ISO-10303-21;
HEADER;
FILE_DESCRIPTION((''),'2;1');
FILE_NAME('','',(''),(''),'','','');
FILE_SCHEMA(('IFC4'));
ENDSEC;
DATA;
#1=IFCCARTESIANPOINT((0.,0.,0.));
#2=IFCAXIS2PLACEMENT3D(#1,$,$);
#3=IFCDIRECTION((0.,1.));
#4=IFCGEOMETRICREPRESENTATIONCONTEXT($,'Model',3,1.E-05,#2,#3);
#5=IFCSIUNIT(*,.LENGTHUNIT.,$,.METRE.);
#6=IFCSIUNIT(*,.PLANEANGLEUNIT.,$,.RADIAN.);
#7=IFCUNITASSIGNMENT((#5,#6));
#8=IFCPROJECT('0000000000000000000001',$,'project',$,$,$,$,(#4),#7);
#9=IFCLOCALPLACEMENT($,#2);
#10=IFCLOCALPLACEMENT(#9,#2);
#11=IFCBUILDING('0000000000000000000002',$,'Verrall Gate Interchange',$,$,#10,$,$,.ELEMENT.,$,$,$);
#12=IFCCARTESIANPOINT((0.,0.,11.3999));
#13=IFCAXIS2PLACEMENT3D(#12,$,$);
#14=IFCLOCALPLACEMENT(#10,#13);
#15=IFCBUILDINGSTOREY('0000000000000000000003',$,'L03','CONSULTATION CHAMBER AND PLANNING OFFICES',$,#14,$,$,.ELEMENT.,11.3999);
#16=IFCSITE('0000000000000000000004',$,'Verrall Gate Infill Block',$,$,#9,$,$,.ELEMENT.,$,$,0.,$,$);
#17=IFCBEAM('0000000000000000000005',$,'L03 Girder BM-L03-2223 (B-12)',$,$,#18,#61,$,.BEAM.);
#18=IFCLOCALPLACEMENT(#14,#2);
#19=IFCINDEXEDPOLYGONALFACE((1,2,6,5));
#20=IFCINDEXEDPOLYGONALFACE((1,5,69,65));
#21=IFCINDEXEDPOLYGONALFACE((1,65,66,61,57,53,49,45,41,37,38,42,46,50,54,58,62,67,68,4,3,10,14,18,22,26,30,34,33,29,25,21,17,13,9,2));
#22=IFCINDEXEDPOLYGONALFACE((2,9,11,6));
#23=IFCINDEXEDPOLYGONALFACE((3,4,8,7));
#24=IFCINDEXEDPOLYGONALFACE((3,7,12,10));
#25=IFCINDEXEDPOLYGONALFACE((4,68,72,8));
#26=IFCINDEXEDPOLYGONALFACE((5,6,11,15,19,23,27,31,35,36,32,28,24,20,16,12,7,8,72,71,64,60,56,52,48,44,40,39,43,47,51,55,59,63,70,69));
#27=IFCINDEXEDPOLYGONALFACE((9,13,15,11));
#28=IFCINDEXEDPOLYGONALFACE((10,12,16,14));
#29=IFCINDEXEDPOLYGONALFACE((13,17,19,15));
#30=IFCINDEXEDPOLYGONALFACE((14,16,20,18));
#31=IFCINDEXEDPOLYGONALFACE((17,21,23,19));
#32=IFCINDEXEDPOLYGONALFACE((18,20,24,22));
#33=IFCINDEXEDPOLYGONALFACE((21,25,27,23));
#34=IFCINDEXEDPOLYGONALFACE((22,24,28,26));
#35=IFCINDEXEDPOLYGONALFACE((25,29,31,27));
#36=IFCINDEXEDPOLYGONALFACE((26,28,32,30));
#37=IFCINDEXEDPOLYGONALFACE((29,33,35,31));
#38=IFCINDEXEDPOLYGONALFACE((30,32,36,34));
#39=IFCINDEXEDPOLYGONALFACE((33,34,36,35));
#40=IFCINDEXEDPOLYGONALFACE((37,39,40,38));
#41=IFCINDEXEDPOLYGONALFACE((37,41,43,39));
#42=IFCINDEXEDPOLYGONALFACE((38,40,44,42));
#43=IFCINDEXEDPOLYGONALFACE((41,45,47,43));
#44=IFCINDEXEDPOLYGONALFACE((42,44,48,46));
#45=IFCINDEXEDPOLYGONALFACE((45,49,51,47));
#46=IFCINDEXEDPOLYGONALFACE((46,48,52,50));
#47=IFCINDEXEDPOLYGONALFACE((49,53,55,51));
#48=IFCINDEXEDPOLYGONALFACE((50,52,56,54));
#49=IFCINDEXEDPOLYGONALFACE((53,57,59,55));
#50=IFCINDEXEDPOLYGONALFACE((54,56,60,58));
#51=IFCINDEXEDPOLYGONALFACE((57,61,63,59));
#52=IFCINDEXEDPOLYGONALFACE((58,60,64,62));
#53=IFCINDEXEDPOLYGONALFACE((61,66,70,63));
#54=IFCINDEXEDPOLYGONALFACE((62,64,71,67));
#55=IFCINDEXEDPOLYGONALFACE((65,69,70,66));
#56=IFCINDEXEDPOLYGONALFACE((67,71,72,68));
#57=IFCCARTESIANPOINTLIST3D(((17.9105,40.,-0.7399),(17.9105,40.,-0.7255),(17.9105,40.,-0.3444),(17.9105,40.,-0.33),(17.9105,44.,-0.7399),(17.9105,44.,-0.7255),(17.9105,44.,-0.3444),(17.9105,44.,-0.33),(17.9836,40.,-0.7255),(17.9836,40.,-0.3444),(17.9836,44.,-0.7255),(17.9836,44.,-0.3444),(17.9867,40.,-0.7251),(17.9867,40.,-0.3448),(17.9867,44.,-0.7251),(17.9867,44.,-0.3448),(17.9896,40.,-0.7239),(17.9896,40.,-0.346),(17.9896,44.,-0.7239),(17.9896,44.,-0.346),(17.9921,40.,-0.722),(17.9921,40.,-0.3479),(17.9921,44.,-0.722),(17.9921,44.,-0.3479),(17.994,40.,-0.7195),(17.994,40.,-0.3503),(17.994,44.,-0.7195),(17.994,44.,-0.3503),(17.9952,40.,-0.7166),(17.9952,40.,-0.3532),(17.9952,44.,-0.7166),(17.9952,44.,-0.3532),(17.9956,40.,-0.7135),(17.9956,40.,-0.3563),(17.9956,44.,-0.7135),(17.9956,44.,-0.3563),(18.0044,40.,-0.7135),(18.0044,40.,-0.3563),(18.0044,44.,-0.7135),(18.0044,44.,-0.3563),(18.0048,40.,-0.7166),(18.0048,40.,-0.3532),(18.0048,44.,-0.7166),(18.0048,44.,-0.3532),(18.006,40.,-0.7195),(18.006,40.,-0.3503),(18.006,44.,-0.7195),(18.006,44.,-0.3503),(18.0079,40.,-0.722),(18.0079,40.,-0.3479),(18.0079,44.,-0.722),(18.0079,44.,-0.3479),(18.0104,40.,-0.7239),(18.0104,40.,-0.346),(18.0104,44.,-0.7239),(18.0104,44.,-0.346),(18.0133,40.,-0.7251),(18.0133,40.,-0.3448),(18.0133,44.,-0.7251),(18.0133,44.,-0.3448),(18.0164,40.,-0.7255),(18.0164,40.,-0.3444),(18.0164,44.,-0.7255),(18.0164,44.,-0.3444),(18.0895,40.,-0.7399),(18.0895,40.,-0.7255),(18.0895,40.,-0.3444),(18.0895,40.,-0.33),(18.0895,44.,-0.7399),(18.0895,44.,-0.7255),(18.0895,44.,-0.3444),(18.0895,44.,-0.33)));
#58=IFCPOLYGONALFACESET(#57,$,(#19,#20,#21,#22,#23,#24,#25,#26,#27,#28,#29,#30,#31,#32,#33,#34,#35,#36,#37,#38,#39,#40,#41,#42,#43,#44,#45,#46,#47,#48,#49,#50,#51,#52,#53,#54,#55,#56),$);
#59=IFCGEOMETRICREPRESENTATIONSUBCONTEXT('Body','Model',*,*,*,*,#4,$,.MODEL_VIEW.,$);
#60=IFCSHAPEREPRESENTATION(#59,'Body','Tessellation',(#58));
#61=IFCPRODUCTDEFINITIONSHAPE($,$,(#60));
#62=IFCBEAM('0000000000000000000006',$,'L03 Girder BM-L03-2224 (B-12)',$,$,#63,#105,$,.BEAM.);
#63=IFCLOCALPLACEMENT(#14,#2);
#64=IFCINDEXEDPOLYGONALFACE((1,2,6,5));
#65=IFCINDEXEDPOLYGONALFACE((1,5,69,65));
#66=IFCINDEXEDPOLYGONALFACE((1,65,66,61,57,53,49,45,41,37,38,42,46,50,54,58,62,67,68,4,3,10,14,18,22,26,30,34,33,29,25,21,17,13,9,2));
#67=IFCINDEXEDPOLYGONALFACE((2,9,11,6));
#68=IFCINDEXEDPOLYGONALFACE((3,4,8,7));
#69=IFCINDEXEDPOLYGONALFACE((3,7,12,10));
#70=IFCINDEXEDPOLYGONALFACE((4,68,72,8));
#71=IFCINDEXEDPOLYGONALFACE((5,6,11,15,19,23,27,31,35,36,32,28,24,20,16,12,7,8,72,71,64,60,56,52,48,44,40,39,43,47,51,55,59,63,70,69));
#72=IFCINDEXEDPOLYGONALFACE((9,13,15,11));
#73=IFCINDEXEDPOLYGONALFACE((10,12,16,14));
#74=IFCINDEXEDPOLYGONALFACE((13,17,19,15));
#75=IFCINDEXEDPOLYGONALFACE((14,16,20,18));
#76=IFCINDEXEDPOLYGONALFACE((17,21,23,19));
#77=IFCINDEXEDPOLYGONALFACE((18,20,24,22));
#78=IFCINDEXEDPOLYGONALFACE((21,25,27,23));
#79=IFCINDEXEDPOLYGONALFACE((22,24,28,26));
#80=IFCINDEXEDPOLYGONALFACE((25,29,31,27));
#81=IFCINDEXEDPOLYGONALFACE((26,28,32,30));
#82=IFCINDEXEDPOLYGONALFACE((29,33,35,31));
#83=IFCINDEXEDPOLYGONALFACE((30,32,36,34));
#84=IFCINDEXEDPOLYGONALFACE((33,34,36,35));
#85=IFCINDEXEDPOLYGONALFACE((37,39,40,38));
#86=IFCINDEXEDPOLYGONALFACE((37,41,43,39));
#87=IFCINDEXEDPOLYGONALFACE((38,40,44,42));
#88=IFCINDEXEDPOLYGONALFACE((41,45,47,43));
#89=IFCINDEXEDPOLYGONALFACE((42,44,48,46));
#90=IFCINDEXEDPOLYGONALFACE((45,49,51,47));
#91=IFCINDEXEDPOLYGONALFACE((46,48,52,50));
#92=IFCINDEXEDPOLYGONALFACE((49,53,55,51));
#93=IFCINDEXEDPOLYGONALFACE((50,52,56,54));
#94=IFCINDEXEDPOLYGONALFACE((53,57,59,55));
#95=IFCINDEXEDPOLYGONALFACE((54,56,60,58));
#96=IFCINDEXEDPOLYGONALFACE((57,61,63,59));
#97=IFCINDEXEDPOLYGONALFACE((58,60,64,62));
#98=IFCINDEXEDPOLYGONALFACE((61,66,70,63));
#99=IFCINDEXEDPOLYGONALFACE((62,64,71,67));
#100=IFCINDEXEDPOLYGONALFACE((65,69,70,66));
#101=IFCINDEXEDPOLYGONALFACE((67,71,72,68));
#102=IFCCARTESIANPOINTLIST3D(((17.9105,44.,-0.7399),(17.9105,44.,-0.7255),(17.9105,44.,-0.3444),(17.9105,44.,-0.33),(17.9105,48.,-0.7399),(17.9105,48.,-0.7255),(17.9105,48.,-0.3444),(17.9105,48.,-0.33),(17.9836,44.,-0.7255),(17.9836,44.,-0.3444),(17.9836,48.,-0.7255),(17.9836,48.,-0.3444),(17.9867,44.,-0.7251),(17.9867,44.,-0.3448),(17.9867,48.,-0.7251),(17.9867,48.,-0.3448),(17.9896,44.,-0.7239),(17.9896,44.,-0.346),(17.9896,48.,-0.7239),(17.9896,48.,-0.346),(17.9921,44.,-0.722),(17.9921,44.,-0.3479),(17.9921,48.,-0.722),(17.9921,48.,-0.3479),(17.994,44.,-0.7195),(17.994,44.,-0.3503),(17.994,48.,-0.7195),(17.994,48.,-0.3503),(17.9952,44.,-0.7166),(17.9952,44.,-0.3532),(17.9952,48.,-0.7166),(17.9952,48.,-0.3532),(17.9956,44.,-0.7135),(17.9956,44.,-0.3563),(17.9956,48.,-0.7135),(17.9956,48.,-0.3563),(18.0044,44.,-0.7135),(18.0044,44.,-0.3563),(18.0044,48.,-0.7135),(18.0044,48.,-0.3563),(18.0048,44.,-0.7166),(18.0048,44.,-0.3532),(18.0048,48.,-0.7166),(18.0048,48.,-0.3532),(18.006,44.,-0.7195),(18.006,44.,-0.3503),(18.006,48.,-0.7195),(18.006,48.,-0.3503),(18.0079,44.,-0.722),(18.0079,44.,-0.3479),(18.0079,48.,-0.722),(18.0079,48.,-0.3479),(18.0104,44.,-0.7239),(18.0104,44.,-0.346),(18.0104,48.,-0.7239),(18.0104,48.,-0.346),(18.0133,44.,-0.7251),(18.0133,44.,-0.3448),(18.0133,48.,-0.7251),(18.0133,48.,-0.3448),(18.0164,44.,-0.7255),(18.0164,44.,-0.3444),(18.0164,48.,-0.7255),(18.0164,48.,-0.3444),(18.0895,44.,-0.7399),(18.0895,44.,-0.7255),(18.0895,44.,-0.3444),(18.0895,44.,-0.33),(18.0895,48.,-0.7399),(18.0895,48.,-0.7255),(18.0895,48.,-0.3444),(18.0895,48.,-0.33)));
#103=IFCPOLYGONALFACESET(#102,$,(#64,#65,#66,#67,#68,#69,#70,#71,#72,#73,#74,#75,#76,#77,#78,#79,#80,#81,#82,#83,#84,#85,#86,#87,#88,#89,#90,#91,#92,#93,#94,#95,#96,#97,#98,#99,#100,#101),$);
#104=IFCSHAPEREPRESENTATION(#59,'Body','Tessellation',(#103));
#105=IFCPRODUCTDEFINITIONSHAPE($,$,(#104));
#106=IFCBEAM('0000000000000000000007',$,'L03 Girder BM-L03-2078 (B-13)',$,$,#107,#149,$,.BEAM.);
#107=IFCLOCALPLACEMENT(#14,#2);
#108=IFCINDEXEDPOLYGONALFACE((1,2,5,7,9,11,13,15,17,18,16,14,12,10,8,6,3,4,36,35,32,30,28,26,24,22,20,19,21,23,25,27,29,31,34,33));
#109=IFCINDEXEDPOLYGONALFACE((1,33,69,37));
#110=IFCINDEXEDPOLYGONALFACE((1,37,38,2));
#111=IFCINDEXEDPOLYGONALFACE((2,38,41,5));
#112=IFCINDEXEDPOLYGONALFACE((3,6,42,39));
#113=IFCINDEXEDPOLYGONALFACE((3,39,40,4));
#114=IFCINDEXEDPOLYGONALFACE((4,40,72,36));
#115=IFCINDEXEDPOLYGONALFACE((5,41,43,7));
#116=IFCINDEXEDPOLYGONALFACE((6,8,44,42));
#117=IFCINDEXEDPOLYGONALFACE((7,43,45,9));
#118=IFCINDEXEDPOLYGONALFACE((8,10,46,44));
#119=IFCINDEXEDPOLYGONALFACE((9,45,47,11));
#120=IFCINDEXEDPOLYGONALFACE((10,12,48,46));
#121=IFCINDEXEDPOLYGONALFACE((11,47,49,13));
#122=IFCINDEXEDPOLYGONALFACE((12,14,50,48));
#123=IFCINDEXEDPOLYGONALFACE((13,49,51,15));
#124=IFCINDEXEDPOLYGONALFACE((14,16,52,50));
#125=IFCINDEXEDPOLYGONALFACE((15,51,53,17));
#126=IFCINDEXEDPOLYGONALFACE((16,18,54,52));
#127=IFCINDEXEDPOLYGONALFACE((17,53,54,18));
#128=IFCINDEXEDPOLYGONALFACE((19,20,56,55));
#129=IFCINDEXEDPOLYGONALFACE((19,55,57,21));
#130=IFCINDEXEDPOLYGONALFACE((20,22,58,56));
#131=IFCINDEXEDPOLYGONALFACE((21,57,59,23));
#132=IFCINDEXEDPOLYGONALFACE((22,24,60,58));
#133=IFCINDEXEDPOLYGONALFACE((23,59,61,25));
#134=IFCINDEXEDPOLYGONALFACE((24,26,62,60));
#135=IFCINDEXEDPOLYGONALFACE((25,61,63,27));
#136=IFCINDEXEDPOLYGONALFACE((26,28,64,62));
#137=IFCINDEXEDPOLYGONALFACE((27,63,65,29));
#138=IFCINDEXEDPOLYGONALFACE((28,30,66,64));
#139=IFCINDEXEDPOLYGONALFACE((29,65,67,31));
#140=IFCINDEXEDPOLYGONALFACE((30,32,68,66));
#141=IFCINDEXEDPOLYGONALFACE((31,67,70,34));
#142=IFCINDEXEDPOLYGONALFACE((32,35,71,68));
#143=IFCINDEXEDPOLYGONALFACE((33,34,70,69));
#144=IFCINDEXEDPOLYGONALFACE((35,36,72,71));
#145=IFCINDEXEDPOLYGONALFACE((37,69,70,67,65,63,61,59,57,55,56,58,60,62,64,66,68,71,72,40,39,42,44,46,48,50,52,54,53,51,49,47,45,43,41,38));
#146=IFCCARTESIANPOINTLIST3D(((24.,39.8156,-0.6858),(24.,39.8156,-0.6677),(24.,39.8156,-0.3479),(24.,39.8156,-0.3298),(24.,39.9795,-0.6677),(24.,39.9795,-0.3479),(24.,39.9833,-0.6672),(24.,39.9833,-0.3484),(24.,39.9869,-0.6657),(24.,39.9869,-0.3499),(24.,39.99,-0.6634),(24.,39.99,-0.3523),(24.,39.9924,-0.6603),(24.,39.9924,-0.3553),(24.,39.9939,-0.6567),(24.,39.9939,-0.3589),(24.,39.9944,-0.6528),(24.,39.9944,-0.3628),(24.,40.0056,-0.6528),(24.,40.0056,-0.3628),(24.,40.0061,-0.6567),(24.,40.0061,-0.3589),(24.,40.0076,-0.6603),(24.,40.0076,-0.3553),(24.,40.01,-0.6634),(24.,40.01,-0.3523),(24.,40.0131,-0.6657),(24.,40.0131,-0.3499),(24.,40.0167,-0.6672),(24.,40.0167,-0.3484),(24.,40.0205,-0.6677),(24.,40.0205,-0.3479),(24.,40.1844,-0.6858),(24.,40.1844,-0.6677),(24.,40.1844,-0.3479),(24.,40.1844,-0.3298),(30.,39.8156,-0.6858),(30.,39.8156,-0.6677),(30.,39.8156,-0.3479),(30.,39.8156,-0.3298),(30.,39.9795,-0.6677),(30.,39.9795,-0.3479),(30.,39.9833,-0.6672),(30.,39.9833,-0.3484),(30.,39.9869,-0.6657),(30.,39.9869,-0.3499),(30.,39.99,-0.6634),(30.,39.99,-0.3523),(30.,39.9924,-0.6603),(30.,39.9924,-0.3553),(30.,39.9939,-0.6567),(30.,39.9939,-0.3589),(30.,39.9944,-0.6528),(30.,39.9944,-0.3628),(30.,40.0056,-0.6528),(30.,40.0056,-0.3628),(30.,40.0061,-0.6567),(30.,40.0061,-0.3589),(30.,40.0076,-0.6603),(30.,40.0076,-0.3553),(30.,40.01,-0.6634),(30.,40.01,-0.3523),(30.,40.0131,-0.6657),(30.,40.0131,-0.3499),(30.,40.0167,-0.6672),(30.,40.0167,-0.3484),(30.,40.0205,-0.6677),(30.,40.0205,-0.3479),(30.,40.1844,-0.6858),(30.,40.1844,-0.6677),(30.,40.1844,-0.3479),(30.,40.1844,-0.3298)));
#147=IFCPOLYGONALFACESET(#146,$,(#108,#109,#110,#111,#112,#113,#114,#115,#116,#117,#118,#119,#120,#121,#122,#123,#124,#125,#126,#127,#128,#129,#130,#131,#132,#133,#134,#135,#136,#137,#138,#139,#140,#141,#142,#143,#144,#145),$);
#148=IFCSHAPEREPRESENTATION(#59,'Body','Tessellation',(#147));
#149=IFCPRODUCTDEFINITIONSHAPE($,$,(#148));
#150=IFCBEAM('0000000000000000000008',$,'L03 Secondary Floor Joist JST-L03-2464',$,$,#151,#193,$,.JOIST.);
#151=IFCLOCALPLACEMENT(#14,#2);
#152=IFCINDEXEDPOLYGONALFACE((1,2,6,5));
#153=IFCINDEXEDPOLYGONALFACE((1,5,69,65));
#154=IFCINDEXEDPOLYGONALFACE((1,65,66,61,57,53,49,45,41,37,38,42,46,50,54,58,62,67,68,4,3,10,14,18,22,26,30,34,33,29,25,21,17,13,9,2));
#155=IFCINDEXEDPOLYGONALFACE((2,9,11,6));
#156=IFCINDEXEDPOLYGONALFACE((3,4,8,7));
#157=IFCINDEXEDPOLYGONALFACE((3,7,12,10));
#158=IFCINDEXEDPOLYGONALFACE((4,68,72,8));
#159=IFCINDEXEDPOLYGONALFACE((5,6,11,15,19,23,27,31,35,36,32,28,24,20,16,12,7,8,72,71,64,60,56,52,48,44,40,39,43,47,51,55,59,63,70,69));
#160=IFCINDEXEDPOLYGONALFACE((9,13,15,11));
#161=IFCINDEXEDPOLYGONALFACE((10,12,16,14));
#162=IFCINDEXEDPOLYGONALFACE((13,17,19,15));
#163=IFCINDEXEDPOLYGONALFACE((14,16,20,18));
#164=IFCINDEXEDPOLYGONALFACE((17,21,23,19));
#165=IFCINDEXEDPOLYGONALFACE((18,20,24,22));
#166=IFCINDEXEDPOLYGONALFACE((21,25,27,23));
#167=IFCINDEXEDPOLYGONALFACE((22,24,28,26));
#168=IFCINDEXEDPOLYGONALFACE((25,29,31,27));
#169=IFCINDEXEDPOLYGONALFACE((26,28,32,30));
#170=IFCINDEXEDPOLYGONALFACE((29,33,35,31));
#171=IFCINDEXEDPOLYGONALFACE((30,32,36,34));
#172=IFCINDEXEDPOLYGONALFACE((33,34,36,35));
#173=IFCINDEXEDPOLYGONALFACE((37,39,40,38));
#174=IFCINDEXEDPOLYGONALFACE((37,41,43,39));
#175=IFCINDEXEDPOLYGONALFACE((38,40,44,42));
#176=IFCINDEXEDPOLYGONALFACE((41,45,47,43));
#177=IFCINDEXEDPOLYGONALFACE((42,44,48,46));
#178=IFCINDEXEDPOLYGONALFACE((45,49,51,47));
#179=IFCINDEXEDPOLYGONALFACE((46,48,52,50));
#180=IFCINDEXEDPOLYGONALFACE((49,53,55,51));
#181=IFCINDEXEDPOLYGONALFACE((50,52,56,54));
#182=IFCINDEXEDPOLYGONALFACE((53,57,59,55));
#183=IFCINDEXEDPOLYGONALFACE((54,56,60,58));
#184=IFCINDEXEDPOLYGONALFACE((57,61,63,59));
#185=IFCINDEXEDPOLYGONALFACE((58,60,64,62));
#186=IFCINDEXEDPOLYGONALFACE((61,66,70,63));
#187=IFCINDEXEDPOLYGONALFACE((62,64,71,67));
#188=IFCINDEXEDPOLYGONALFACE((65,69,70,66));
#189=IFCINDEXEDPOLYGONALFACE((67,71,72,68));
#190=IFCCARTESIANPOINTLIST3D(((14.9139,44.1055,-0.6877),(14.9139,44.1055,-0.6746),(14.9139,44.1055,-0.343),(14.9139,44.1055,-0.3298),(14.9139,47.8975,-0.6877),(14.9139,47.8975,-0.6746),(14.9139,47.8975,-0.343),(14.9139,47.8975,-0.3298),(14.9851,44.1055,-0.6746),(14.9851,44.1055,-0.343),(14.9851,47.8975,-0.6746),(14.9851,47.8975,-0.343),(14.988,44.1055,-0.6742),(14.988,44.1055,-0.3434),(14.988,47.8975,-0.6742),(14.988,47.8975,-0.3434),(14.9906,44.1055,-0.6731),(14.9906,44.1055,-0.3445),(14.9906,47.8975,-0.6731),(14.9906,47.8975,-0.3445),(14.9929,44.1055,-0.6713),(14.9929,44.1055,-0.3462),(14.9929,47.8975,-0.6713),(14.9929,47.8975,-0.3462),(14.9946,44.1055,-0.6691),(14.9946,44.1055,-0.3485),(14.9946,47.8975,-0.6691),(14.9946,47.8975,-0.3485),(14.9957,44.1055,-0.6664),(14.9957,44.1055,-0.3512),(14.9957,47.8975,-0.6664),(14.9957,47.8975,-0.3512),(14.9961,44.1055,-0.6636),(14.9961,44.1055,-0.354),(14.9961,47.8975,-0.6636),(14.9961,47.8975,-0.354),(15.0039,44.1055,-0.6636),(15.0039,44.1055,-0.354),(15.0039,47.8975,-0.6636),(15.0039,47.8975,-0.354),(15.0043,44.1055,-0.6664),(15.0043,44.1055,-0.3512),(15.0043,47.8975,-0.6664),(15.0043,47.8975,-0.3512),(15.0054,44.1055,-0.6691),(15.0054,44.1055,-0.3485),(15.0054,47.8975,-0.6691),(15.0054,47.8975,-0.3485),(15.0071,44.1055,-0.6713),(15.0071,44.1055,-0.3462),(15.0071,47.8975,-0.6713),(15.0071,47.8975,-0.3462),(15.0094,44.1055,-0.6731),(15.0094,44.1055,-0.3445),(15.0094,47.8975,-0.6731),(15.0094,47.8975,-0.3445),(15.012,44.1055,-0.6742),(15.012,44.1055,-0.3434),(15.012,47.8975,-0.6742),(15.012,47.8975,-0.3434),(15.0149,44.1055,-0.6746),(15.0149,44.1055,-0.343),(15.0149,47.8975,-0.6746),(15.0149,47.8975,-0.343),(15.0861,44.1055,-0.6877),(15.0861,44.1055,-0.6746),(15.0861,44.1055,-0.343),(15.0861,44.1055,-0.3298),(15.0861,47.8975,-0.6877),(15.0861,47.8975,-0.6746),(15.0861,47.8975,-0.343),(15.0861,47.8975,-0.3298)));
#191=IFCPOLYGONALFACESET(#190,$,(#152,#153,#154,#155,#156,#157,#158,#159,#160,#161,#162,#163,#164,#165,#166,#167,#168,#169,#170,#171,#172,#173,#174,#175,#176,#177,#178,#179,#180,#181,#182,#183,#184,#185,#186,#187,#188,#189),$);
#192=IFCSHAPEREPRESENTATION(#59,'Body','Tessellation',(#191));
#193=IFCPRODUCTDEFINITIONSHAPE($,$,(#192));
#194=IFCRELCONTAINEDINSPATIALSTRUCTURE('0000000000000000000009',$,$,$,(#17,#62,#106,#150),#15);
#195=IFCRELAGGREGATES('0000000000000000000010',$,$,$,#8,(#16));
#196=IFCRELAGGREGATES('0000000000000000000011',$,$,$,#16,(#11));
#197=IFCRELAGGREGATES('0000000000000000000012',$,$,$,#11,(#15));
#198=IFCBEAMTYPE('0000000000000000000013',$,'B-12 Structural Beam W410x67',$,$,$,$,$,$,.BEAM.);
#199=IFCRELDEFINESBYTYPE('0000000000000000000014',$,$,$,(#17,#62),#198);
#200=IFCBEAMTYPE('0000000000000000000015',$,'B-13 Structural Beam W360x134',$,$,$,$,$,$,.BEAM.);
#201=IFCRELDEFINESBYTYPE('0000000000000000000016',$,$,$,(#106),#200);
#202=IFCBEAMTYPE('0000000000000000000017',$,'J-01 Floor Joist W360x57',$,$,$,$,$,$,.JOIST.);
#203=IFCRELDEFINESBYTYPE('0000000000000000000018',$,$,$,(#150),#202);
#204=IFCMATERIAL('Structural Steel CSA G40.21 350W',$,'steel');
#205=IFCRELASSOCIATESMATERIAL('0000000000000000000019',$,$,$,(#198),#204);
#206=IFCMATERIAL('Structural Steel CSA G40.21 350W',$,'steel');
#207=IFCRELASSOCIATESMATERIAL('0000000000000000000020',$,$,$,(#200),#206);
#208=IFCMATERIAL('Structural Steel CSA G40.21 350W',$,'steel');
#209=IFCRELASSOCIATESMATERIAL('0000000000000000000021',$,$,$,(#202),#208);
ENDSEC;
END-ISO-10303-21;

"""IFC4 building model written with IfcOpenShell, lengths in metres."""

from ifc_helpers import new_model, si_unit, direction, frame, origin, origin_2d, place, context, subcontext, project, spatial, i_section, extrude, material, material_profile, profile_set, type_object, element, save


model = new_model("IFC4")

# Units and contexts
model_context = context("Model", 3, precision=1e-05, world=origin(), true_north=direction((0.0, 1.0)))
body_context = subcontext(model_context, "Body", "Model", "MODEL_VIEW")
ifc_project = project(units=[si_unit("LENGTHUNIT", "METRE"), si_unit("PLANEANGLEUNIT", "RADIAN")], contexts=[model_context])

# Site, building, storey
site_placement = place(None, origin())
site = spatial("IfcSite", under=ifc_project, at=site_placement, Name="Verrall Gate Infill Block", CompositionType="ELEMENT", RefElevation=0.0)
building_placement = place(site_placement, origin())
building = spatial("IfcBuilding", under=site, at=building_placement, Name="Verrall Gate Interchange", CompositionType="ELEMENT")
storey_placement = place(building_placement, frame((0.0, 0.0, 11.3999)))
storey = spatial("IfcBuildingStorey", under=building, at=storey_placement, Name="L03", Description="CONSULTATION CHAMBER AND PLANNING OFFICES", CompositionType="ELEMENT", Elevation=11.3999)

# Beams
ifc_material_1 = material(Name="Structural Steel CSA G40.21 350W", Category="steel")
ifc_material_profile_1 = material_profile(ifc_material_1, i_section(OverallWidth=0.179, OverallDepth=0.4099, WebThickness=0.0088, FlangeThickness=0.0144, FilletRadius=0.012, at=origin_2d()), Name="W410x67")
ifc_profile_set_1 = profile_set([ifc_material_profile_1], Name="Structural Steel CSA G40.21 350W")
beam_type_1 = type_object("IfcBeamType", Name="B-12 Structural Beam W410x67", PredefinedType="BEAM", material=ifc_profile_set_1)
for number, where, z_axis, x_axis, name in (
    (1, (18.0, 40.0, -0.5349), (0.0, 1.0, 0.0), (-1.0, 0.0, 0.0), "L03 Girder BM-L03-2223 (B-12)"),
    (2, (18.0, 44.0, -0.5349), (0.0, 1.0, 0.0), (-1.0, 0.0, 0.0), "L03 Girder BM-L03-2224 (B-12)"),
):
    element("IfcBeam", number, at=place(storey_placement, frame(where, z_axis=z_axis, x_axis=x_axis)), inside=storey, type_object=beam_type_1, Name=name, PredefinedType="BEAM", context=body_context, shape_type="SweptSolid", body=[
        extrude(i_section(OverallWidth=0.179, OverallDepth=0.4099, WebThickness=0.0088, FlangeThickness=0.0144, FilletRadius=0.012, at=origin_2d()), origin(), (0.0, 0.0, 1.0), 4.0),
    ])
ifc_material_2 = material(Name="Structural Steel CSA G40.21 350W", Category="steel")
ifc_material_profile_2 = material_profile(ifc_material_2, i_section(OverallWidth=0.3689, OverallDepth=0.356, WebThickness=0.0112, FlangeThickness=0.0181, FilletRadius=0.0149, at=origin_2d()), Name="W360x134")
ifc_profile_set_2 = profile_set([ifc_material_profile_2], Name="Structural Steel CSA G40.21 350W")
beam_type_2 = type_object("IfcBeamType", Name="B-13 Structural Beam W360x134", PredefinedType="BEAM", material=ifc_profile_set_2)
beam_1_placement = place(storey_placement, frame((24.0, 40.0, -0.5078), z_axis=(1.0, 0.0, 0.0), x_axis=(0.0, 1.0, 0.0)))
element("IfcBeam", 3, at=beam_1_placement, inside=storey, type_object=beam_type_2, Name="L03 Girder BM-L03-2078 (B-13)", PredefinedType="BEAM", context=body_context, shape_type="SweptSolid", body=[
    extrude(i_section(OverallWidth=0.3689, OverallDepth=0.356, WebThickness=0.0112, FlangeThickness=0.0181, FilletRadius=0.0149, at=origin_2d()), origin(), (0.0, 0.0, 1.0), 6.0),
])
ifc_material_3 = material(Name="Structural Steel CSA G40.21 350W", Category="steel")
ifc_material_profile_3 = material_profile(ifc_material_3, i_section(OverallWidth=0.1721, OverallDepth=0.3579, WebThickness=0.0078, FlangeThickness=0.0132, FilletRadius=0.011, at=origin_2d()), Name="W360x57")
ifc_profile_set_3 = profile_set([ifc_material_profile_3], Name="Structural Steel CSA G40.21 350W")
beam_type_3 = type_object("IfcBeamType", Name="J-01 Floor Joist W360x57", PredefinedType="JOIST", material=ifc_profile_set_3)
beam_2_placement = place(storey_placement, frame((15.0, 44.1055, -0.5088), z_axis=(0.0, 1.0, 0.0), x_axis=(-1.0, 0.0, 0.0)))
element("IfcBeam", 4, at=beam_2_placement, inside=storey, type_object=beam_type_3, Name="L03 Secondary Floor Joist JST-L03-2464", PredefinedType="JOIST", context=body_context, shape_type="SweptSolid", body=[
    extrude(i_section(OverallWidth=0.1721, OverallDepth=0.3579, WebThickness=0.0078, FlangeThickness=0.0132, FilletRadius=0.011, at=origin_2d()), origin(), (0.0, 0.0, 1.0), 3.792),
])

save(model, "model.ifc")
